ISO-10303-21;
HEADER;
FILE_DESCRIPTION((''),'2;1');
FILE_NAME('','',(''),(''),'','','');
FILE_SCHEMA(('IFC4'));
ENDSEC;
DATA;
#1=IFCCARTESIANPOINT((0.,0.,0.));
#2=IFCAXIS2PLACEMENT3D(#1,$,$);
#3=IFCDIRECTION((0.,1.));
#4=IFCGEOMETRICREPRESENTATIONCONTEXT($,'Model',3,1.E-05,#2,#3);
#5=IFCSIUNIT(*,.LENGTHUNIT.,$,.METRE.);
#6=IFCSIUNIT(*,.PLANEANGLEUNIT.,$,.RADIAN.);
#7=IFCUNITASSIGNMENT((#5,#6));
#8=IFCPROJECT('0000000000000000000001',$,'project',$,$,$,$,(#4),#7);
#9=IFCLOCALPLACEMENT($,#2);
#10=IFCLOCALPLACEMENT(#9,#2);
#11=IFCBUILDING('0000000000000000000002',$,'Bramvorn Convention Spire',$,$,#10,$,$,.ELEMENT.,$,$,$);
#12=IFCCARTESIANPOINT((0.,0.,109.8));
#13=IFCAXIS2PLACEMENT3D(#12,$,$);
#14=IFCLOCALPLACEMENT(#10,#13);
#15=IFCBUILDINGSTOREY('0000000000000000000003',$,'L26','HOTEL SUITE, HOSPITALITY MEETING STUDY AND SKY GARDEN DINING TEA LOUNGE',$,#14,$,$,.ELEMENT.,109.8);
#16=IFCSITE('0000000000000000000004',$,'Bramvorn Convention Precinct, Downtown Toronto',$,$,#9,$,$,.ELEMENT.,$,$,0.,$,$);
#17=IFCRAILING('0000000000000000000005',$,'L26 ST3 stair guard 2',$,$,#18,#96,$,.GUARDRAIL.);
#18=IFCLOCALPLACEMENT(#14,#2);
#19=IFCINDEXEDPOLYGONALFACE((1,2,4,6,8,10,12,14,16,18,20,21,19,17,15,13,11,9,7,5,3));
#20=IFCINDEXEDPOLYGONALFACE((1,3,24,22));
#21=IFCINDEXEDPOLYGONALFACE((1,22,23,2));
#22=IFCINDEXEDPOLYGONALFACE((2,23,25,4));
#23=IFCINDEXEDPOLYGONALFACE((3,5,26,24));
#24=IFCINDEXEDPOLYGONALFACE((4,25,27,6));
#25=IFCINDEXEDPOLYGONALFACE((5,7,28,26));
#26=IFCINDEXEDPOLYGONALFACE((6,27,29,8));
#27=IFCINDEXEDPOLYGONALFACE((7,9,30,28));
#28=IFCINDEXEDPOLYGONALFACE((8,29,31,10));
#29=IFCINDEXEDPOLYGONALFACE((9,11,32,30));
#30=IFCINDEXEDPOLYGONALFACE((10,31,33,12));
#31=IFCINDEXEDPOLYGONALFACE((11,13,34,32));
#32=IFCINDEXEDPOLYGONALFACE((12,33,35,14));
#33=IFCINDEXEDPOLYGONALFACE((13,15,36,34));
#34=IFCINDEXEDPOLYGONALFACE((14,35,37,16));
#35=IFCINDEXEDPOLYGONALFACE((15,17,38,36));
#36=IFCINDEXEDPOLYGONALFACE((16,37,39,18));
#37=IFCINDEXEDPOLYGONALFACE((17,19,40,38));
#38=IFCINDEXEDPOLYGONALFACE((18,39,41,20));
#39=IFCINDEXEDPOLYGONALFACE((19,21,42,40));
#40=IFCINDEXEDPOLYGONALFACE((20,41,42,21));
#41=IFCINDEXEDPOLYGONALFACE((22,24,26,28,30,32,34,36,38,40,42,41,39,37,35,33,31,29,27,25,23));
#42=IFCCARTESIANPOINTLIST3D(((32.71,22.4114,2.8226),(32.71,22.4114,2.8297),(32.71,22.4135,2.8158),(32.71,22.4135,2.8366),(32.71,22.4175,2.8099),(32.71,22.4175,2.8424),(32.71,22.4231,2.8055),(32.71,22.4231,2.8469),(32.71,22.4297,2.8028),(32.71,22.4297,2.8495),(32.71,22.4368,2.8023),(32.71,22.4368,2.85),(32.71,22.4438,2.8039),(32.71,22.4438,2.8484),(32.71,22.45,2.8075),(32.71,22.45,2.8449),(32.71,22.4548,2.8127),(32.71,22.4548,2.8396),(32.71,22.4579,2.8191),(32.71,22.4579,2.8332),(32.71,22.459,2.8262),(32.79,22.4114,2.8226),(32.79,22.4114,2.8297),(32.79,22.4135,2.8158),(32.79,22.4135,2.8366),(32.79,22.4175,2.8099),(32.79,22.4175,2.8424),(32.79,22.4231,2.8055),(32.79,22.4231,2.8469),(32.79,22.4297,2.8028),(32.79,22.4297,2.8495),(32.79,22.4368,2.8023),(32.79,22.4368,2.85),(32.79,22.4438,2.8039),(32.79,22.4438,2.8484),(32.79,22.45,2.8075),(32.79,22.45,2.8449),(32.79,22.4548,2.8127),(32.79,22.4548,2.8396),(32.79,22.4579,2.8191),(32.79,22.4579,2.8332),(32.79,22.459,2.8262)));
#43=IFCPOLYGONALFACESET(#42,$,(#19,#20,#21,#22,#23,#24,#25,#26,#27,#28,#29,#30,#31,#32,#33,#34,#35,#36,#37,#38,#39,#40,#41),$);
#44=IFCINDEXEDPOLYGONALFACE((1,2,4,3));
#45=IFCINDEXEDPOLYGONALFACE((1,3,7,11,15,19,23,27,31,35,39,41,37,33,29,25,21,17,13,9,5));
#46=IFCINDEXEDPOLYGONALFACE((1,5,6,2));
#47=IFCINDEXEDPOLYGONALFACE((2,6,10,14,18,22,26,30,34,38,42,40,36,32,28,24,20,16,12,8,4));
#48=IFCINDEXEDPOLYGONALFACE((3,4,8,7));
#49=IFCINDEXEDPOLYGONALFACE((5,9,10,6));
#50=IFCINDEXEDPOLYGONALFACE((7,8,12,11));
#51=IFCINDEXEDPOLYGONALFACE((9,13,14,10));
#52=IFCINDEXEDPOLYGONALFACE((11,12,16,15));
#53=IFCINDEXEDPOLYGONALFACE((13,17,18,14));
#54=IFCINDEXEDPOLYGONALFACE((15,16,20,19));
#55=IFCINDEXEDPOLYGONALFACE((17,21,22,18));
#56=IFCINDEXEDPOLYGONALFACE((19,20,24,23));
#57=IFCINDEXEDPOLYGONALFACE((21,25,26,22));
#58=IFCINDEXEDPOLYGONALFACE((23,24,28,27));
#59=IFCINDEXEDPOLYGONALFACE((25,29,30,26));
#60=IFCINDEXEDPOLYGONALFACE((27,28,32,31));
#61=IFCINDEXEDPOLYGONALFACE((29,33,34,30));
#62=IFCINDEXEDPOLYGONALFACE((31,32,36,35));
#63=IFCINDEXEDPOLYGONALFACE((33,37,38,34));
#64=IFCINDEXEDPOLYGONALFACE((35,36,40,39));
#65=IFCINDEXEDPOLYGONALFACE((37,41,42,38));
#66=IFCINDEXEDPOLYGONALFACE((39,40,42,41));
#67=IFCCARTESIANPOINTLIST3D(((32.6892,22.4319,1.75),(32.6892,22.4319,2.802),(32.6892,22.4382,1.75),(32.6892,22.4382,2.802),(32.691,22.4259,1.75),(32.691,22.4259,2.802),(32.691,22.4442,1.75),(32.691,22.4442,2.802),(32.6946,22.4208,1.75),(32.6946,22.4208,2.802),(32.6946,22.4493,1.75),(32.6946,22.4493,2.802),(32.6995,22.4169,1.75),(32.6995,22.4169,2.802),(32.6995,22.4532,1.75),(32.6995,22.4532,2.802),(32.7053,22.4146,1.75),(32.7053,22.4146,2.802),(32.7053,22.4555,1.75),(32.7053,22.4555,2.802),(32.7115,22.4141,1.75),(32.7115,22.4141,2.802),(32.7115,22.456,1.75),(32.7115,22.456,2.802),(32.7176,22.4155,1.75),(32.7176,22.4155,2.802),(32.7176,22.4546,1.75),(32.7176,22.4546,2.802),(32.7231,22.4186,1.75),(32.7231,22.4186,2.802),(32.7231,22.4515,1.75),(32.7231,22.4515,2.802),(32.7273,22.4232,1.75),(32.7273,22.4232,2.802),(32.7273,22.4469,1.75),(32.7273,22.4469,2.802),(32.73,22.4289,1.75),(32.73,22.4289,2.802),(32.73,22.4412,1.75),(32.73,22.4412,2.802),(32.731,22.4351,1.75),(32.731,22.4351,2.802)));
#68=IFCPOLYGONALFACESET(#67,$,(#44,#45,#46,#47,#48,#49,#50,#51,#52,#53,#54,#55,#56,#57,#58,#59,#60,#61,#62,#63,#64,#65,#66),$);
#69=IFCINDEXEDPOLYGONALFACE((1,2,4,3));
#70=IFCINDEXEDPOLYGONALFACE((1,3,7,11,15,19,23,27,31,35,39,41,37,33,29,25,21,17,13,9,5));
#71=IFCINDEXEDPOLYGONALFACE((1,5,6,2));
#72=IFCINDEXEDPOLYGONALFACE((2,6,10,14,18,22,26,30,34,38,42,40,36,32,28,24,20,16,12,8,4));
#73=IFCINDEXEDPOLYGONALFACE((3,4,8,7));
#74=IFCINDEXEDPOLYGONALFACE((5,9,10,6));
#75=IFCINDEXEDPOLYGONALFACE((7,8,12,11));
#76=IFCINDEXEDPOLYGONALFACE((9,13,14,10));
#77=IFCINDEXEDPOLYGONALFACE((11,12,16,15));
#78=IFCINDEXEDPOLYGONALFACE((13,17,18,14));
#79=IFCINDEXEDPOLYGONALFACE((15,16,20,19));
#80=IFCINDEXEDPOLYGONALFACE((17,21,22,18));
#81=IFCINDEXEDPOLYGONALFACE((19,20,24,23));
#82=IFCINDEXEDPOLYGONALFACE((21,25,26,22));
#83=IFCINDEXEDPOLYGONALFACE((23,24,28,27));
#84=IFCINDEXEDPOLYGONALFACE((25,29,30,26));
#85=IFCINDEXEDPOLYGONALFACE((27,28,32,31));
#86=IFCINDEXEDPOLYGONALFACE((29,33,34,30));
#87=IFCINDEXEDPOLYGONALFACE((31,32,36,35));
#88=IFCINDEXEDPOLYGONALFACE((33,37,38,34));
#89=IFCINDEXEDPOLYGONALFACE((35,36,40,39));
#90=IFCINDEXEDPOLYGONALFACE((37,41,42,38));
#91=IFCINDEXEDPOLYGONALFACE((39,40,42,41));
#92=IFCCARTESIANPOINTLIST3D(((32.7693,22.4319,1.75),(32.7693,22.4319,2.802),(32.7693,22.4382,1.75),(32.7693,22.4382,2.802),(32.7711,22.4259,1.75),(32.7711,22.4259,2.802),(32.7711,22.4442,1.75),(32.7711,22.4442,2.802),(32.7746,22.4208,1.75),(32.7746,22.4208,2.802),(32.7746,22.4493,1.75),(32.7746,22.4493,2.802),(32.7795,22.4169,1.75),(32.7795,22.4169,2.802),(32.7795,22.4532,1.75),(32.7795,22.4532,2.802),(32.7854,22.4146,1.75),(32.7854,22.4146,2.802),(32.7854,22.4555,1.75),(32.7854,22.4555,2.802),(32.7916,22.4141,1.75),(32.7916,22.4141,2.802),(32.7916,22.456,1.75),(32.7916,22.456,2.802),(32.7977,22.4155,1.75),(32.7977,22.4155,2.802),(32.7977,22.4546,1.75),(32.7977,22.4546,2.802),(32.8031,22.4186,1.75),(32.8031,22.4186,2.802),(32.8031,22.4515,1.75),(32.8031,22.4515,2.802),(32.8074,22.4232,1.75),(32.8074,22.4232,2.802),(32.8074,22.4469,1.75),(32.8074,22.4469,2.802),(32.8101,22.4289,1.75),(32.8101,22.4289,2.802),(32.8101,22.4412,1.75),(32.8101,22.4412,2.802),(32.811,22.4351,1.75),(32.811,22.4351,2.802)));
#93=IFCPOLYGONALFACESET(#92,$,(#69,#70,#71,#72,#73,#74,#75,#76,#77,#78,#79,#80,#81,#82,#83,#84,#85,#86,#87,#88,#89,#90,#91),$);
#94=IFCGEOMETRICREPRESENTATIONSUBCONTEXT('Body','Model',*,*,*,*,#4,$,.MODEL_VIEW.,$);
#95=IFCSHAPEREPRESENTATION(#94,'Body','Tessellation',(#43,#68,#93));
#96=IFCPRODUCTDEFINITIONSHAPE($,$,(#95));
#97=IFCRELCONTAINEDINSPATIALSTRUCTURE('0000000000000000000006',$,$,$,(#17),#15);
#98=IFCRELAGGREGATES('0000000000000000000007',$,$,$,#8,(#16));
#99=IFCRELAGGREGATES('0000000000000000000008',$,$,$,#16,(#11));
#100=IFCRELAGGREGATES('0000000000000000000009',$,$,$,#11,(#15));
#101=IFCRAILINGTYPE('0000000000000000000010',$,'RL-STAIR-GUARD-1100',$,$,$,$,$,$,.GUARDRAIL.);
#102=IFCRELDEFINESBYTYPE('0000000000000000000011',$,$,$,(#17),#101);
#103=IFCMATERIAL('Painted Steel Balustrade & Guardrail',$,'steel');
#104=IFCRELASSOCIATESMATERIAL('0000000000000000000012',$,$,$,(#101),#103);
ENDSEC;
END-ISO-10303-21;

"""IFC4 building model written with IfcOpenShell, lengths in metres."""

from ifc_helpers import new_model, si_unit, direction, frame, origin, origin_2d, place, context, subcontext, project, spatial, circle, extrude, material, type_object, element, save


model = new_model("IFC4")

# Units and contexts
model_context = context("Model", 3, precision=1e-05, world=origin(), true_north=direction((0.0, 1.0)))
body_context = subcontext(model_context, "Body", "Model", "MODEL_VIEW")
ifc_project = project(units=[si_unit("LENGTHUNIT", "METRE"), si_unit("PLANEANGLEUNIT", "RADIAN")], contexts=[model_context])

# Site, building, storey
site_placement = place(None, origin())
site = spatial("IfcSite", under=ifc_project, at=site_placement, Name="Bramvorn Convention Precinct, Downtown Toronto", CompositionType="ELEMENT", RefElevation=0.0)
building_placement = place(site_placement, origin())
building = spatial("IfcBuilding", under=site, at=building_placement, Name="Bramvorn Convention Spire", CompositionType="ELEMENT")
storey_placement = place(building_placement, frame((0.0, 0.0, 109.8)))
storey = spatial("IfcBuildingStorey", under=building, at=storey_placement, Name="L26", Description="HOTEL SUITE, HOSPITALITY MEETING STUDY AND SKY GARDEN DINING TEA LOUNGE", CompositionType="ELEMENT", Elevation=109.8)

# Railing
ifc_material_1 = material(Name="Painted Steel Balustrade & Guardrail", Category="steel")
railing_type_1 = type_object("IfcRailingType", Name="RL-STAIR-GUARD-1100", PredefinedType="GUARDRAIL", material=ifc_material_1)
railing_1_placement = place(storey_placement, frame((32.71, 22.4351, 1.75)))
element("IfcRailing", 1, at=railing_1_placement, inside=storey, type_object=railing_type_1, Name="L26 ST3 stair guard 2", PredefinedType="GUARDRAIL", context=body_context, shape_type="SweptSolid", body=[
    extrude(circle(Radius=0.0239, at=origin_2d()), frame((0.0, 0.0, 1.0762), z_axis=(1.0, 0.0, 0.0), x_axis=(0.0, 1.0, 0.0)), (0.0, 0.0, 1.0), 0.0801),
    extrude(circle(Radius=0.021, at=origin_2d()), origin(), (0.0, 0.0, 1.0), 1.052),
    extrude(circle(Radius=0.021, at=origin_2d()), frame((0.0801, 0.0, 0.0)), (0.0, 0.0, 1.0), 1.052),
])

save(model, "model.ifc")
